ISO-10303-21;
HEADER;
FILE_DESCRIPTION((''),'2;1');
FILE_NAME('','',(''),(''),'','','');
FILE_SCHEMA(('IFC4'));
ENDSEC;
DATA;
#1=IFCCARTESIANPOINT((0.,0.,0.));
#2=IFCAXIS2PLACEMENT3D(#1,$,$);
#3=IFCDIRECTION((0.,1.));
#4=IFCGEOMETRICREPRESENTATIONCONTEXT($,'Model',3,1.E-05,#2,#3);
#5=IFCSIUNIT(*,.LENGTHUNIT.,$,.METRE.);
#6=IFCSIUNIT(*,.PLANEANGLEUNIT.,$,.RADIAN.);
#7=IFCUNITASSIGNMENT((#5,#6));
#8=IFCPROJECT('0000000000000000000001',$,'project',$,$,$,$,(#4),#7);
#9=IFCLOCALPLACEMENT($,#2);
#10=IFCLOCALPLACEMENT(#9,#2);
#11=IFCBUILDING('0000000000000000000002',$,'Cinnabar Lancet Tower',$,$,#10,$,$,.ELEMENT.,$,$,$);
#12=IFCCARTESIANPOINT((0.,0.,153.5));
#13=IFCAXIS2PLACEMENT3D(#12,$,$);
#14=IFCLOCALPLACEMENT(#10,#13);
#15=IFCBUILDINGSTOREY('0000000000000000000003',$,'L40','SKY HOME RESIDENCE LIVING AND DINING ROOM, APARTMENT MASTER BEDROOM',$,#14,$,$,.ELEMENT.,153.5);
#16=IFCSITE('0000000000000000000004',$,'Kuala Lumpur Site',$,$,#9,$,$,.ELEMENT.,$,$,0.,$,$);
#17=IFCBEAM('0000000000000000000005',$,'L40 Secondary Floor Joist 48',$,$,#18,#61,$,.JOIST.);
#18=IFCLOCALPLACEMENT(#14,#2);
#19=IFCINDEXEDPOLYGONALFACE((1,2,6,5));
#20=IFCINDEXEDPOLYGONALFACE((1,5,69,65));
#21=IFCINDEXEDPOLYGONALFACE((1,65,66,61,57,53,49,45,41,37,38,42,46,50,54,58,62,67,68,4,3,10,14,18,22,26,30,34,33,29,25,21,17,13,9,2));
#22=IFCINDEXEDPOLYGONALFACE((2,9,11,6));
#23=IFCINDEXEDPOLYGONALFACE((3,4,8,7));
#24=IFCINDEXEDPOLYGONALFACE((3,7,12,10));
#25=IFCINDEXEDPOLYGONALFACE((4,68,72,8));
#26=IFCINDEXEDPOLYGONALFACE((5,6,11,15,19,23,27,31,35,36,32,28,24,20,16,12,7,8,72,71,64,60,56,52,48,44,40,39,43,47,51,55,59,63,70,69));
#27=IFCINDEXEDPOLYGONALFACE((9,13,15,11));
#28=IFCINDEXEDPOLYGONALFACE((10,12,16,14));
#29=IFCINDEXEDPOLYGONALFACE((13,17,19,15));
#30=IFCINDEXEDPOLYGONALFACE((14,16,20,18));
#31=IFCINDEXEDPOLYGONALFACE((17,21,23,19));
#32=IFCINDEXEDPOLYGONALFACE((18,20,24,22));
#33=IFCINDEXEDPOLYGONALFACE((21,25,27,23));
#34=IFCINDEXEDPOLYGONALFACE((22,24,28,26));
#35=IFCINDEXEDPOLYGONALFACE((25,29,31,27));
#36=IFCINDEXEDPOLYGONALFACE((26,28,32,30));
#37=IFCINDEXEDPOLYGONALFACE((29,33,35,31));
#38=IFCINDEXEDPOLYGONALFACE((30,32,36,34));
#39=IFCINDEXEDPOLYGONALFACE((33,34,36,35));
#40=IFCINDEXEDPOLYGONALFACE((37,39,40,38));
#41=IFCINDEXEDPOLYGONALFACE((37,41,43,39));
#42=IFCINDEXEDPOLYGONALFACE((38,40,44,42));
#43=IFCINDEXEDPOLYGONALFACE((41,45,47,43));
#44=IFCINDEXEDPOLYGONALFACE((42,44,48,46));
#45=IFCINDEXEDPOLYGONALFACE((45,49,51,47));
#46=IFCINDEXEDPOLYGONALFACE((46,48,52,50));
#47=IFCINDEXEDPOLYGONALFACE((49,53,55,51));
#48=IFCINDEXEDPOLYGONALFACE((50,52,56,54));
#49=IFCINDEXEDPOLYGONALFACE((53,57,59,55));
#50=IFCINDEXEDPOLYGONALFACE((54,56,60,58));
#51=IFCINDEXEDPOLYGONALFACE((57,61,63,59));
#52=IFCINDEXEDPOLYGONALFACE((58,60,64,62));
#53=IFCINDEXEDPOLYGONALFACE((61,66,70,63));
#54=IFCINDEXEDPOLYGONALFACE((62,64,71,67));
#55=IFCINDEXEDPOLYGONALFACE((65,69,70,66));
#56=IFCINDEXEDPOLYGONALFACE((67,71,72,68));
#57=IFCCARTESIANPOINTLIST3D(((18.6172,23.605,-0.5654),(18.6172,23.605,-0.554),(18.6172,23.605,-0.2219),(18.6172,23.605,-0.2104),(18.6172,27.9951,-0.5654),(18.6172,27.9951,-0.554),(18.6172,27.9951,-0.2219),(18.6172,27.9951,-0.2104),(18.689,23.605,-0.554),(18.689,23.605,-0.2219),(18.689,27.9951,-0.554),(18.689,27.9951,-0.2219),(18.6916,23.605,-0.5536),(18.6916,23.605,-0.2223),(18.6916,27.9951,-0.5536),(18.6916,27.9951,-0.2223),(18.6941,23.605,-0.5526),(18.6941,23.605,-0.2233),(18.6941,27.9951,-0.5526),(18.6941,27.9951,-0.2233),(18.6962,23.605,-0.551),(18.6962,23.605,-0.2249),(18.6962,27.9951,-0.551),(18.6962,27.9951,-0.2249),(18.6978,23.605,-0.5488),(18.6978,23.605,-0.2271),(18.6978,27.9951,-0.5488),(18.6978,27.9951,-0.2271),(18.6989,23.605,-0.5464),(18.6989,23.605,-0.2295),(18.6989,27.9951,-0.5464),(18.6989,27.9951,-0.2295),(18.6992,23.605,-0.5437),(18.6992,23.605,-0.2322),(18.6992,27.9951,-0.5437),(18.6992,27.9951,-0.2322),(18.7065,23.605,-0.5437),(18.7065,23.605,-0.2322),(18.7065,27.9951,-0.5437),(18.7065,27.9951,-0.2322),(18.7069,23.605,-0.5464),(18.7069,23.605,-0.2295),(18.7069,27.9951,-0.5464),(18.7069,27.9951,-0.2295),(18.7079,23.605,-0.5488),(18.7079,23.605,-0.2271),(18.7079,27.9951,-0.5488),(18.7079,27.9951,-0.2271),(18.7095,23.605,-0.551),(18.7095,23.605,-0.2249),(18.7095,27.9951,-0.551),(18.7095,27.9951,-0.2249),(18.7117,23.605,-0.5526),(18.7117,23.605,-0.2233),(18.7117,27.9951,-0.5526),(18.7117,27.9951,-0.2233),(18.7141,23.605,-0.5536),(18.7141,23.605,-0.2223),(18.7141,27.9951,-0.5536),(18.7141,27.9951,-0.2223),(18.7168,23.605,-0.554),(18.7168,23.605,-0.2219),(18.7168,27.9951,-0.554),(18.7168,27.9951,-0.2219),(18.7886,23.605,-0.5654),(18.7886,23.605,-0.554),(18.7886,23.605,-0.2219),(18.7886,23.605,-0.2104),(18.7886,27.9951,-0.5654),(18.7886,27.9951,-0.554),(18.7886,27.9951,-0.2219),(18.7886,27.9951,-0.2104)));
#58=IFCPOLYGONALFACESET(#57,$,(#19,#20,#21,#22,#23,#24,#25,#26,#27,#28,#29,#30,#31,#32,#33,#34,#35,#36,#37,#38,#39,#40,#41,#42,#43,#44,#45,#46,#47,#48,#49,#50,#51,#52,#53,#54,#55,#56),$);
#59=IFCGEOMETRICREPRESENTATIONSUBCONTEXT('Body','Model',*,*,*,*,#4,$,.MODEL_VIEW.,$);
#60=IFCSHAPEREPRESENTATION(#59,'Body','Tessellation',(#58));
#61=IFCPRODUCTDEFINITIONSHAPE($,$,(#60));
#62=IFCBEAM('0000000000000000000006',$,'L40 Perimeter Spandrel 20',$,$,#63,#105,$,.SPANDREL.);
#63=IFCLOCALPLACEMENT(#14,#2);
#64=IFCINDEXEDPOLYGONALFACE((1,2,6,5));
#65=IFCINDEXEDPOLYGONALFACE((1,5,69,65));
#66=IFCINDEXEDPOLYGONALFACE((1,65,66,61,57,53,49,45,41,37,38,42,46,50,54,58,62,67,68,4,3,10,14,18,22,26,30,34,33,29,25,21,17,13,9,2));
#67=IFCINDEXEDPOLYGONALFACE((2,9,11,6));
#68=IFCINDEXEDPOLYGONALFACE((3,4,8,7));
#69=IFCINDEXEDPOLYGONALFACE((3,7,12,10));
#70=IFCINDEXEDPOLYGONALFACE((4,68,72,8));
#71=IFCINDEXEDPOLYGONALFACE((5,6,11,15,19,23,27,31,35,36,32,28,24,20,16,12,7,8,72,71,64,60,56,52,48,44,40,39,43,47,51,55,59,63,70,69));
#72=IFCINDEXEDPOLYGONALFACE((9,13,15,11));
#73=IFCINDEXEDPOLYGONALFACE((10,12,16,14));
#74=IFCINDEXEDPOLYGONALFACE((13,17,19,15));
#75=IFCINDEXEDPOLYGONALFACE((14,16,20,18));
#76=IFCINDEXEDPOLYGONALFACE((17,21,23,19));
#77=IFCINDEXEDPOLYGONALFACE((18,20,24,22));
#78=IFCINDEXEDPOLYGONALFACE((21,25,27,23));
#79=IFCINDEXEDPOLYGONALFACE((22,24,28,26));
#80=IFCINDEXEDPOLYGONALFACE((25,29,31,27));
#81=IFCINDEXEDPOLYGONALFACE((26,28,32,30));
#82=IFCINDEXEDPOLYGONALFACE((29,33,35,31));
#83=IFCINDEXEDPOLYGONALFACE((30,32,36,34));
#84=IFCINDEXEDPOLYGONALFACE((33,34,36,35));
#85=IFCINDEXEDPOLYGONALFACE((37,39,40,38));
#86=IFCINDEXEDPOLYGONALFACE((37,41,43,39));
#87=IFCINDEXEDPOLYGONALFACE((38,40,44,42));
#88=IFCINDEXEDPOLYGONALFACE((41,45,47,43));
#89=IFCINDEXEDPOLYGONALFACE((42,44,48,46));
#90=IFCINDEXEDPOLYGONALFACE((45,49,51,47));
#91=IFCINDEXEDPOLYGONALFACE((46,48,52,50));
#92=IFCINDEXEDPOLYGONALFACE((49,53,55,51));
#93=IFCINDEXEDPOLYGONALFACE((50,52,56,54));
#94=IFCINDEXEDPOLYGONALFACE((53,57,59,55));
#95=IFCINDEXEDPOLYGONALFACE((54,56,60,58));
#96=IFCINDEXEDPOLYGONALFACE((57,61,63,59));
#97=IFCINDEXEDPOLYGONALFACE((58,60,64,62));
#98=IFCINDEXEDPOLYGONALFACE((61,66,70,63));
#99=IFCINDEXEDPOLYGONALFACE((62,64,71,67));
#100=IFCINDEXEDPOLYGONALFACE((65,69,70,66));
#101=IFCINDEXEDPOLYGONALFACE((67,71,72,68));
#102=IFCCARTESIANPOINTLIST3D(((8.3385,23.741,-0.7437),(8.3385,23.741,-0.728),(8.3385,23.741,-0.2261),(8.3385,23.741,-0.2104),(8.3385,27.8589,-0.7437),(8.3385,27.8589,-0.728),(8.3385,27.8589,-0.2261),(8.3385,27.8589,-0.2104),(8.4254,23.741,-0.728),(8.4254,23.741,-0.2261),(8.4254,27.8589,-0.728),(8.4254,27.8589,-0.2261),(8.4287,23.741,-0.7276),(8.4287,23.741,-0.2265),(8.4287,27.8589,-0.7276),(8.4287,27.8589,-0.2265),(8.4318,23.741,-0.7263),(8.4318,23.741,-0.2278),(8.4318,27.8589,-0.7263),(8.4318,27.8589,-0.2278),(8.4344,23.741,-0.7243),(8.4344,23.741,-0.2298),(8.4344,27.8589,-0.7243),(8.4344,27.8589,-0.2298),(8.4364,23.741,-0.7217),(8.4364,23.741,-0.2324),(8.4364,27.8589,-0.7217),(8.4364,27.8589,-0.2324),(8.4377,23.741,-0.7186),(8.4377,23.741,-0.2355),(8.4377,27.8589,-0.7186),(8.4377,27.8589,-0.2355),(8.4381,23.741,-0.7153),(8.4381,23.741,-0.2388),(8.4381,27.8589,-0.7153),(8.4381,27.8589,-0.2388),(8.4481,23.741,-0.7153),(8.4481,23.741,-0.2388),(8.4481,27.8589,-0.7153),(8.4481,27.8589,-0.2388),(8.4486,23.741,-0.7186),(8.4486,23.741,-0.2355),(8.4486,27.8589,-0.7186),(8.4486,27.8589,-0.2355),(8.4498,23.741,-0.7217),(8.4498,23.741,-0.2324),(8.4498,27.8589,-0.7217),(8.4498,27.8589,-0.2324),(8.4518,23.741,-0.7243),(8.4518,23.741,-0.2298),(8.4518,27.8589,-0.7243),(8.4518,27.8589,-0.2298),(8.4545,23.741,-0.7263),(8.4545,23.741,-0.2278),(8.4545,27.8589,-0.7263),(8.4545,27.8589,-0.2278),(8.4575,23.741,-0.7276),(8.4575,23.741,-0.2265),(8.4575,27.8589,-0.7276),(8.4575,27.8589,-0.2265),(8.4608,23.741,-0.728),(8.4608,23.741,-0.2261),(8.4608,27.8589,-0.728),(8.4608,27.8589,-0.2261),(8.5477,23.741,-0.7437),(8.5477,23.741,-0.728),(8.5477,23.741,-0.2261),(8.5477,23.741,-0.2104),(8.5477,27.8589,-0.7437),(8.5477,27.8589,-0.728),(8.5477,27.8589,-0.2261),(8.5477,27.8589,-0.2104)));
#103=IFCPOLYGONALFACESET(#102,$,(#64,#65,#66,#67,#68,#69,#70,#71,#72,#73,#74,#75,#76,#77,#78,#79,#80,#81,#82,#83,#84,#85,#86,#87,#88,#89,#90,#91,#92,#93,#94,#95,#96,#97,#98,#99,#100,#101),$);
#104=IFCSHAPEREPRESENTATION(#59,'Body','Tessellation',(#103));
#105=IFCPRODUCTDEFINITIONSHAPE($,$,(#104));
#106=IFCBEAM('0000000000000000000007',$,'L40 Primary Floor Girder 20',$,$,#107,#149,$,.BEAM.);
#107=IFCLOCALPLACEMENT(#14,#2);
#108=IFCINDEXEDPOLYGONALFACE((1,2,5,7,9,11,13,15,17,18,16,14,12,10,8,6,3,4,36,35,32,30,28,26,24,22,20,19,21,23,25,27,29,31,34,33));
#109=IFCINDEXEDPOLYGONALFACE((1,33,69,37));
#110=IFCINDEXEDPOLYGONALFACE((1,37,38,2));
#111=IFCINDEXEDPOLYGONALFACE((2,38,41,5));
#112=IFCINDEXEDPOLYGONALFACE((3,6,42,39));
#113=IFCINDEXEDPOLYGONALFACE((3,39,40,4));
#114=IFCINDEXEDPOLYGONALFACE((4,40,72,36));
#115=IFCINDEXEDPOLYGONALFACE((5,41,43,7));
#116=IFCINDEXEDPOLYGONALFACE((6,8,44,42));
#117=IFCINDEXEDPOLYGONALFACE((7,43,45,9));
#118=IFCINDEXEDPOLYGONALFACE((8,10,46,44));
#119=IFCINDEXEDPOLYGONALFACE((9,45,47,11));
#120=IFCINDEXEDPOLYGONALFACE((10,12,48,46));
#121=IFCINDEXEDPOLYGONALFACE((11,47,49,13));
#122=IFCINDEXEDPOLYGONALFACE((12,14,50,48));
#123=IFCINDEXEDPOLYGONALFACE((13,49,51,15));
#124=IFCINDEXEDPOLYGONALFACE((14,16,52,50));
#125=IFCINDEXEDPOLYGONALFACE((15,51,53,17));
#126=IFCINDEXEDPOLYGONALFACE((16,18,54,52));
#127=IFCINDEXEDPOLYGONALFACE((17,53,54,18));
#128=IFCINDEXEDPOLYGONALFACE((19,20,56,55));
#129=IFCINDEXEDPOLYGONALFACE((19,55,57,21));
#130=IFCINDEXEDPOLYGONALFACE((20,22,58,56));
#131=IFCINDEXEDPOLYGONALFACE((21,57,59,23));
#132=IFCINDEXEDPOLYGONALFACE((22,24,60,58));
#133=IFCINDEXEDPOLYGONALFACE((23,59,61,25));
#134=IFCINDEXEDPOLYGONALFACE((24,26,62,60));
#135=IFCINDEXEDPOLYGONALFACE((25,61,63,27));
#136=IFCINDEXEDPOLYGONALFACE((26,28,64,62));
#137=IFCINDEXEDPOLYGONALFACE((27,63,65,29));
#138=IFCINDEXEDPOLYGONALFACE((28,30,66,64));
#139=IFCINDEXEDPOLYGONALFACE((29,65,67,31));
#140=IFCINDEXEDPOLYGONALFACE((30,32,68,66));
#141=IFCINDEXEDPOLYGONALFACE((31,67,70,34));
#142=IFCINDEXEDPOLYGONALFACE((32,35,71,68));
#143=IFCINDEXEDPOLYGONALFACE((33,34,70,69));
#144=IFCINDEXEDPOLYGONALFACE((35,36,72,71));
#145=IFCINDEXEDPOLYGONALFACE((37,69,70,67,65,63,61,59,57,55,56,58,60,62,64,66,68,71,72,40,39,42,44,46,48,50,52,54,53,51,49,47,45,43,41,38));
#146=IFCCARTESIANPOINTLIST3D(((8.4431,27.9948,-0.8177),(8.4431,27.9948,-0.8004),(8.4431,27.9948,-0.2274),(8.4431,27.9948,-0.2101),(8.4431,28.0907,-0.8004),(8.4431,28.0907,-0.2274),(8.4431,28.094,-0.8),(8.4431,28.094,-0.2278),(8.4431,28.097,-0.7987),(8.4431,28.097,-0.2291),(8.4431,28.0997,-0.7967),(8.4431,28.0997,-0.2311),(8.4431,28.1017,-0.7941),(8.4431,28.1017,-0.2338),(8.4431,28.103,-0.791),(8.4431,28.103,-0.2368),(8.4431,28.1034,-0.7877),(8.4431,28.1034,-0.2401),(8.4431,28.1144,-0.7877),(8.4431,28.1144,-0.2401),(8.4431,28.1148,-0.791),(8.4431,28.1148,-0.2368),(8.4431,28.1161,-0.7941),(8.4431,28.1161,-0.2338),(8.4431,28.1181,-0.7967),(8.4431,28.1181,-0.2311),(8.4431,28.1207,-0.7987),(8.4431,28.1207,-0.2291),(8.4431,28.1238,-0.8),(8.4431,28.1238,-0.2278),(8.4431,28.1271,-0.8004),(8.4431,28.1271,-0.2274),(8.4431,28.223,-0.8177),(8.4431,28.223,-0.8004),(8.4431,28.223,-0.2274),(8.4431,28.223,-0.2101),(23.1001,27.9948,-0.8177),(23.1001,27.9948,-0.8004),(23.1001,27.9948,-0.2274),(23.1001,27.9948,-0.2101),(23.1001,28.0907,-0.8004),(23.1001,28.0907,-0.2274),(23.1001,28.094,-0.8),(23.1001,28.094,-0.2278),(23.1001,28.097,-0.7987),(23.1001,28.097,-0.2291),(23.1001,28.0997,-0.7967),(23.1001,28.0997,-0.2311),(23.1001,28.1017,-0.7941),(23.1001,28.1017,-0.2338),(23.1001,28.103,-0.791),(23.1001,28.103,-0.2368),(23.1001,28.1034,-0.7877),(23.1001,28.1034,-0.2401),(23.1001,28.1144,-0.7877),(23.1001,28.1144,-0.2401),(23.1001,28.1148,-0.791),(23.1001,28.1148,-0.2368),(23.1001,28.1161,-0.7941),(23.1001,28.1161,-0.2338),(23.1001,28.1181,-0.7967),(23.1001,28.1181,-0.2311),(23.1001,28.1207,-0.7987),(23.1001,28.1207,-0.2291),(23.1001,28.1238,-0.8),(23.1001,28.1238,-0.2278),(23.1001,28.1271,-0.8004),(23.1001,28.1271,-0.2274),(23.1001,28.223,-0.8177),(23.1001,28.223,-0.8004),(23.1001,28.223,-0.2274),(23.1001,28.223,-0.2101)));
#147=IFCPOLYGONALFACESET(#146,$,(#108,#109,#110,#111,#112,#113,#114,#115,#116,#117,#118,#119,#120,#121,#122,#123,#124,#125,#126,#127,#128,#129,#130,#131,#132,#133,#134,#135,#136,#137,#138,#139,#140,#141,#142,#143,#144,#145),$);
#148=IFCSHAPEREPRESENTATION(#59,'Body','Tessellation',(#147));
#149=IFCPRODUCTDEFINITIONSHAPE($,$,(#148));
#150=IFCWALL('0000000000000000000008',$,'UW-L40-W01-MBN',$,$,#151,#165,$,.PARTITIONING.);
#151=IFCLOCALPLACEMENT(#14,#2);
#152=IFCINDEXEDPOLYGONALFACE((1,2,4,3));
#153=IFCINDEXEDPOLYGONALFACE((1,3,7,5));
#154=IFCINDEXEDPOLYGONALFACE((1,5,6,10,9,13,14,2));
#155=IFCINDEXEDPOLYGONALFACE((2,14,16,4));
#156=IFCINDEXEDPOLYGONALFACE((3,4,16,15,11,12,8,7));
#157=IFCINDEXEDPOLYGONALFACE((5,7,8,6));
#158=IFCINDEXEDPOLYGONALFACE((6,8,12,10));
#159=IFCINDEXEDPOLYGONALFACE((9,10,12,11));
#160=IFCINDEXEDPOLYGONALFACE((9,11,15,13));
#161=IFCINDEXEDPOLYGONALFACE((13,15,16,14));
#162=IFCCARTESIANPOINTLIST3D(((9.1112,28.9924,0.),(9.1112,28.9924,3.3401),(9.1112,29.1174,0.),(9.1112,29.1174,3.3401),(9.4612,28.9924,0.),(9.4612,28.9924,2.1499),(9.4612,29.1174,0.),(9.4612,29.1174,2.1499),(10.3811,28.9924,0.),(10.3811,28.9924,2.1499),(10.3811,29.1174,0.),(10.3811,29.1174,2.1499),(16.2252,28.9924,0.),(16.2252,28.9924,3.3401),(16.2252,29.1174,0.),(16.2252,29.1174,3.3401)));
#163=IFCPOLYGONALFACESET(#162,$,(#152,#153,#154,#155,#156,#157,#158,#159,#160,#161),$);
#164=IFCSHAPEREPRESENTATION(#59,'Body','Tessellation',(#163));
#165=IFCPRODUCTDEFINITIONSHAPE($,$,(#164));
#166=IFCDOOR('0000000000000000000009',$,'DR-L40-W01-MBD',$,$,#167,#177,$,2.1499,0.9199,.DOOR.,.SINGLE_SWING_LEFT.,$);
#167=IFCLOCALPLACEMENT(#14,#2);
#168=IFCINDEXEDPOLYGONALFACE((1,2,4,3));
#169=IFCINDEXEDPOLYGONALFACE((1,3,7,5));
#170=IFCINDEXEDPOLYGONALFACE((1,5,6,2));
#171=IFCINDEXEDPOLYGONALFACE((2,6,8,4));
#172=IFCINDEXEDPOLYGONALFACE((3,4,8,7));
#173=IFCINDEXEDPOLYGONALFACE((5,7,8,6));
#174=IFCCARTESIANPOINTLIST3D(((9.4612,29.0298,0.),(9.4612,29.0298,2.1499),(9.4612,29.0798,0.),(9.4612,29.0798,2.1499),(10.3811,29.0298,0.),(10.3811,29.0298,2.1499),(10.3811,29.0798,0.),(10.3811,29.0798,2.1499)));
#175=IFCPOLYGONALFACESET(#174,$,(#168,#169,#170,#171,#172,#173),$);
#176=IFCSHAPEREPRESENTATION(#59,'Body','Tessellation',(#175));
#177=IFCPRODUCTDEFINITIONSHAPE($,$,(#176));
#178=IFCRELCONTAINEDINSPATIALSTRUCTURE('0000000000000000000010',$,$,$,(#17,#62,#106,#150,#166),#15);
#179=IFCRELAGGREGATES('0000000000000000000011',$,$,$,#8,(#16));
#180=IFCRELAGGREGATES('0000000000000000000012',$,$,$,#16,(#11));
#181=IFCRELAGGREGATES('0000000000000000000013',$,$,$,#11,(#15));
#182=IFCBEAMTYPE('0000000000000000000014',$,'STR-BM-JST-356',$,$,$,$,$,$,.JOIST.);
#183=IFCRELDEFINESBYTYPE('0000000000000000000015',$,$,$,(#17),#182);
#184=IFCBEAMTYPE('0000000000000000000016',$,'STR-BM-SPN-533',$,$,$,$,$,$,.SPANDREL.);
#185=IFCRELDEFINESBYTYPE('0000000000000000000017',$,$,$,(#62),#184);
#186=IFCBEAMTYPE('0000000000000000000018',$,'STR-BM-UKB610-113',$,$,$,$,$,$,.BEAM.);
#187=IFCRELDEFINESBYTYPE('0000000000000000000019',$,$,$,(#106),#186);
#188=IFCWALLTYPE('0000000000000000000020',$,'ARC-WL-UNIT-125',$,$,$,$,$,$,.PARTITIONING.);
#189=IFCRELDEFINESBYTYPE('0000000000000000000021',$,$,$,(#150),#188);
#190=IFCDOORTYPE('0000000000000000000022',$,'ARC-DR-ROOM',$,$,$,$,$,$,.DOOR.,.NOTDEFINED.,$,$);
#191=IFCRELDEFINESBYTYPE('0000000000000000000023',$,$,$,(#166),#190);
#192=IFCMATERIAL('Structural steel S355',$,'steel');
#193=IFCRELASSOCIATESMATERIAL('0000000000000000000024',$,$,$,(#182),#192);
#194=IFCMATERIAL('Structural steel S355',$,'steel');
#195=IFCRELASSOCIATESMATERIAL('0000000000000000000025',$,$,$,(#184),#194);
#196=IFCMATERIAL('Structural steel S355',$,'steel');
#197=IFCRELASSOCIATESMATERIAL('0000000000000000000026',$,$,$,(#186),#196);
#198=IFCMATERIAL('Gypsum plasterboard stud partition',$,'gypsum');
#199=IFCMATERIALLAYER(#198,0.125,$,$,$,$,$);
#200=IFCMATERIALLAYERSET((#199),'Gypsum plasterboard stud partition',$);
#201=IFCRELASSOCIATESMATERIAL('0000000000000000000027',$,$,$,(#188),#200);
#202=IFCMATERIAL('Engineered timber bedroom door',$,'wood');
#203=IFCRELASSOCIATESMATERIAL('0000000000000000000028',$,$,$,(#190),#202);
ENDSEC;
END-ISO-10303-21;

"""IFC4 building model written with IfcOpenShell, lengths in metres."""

from ifc_helpers import new_model, si_unit, direction, frame, frame_2d, origin, origin_2d, place, context, subcontext, project, spatial, rectangle, i_section, extrude, material, layer, layer_set, material_profile, profile_set, type_object, element, fill, save


model = new_model("IFC4")

# Units and contexts
model_context = context("Model", 3, precision=1e-05, world=origin(), true_north=direction((0.0, 1.0)))
body_context = subcontext(model_context, "Body", "Model", "MODEL_VIEW")
ifc_project = project(units=[si_unit("LENGTHUNIT", "METRE"), si_unit("PLANEANGLEUNIT", "RADIAN")], contexts=[model_context])

# Site, building, storey
site_placement = place(None, origin())
site = spatial("IfcSite", under=ifc_project, at=site_placement, Name="Kuala Lumpur Site", CompositionType="ELEMENT", RefElevation=0.0)
building_placement = place(site_placement, origin())
building = spatial("IfcBuilding", under=site, at=building_placement, Name="Cinnabar Lancet Tower", CompositionType="ELEMENT")
storey_placement = place(building_placement, frame((0.0, 0.0, 153.5)))
storey = spatial("IfcBuildingStorey", under=building, at=storey_placement, Name="L40", Description="SKY HOME RESIDENCE LIVING AND DINING ROOM, APARTMENT MASTER BEDROOM", CompositionType="ELEMENT", Elevation=153.5)

# Beams
ifc_material_1 = material(Name="Structural steel S355", Category="steel")
ifc_material_profile_1 = material_profile(ifc_material_1, i_section(OverallWidth=0.1714, OverallDepth=0.355, WebThickness=0.0073, FlangeThickness=0.0115, FilletRadius=0.0103, at=origin_2d()), Name="UKB 356x171x51")
ifc_profile_set_1 = profile_set([ifc_material_profile_1], Name="Structural steel S355")
beam_type_1 = type_object("IfcBeamType", Name="STR-BM-JST-356", PredefinedType="JOIST", material=ifc_profile_set_1)
for number, where, z_axis, x_axis, name in (
    (1, (18.7029, 27.9951, -0.3879), (0.0, -1.0, 0.0), (1.0, 0.0, 0.0), "L40 Secondary Floor Joist 48"),
):
    element("IfcBeam", number, at=place(storey_placement, frame(where, z_axis=z_axis, x_axis=x_axis)), inside=storey, type_object=beam_type_1, Name=name, PredefinedType="JOIST", context=body_context, shape_type="SweptSolid", body=[
        extrude(i_section(OverallWidth=0.1714, OverallDepth=0.355, WebThickness=0.0073, FlangeThickness=0.0115, FilletRadius=0.0103, at=origin_2d()), origin(), (0.0, 0.0, 1.0), 4.3901),
    ])
ifc_material_2 = material(Name="Structural steel S355", Category="steel")
ifc_material_profile_2 = material_profile(ifc_material_2, i_section(OverallWidth=0.2092, OverallDepth=0.5332, WebThickness=0.01, FlangeThickness=0.0156, FilletRadius=0.0127, at=origin_2d()), Name="UKB 533x210x92")
ifc_profile_set_2 = profile_set([ifc_material_profile_2], Name="Structural steel S355")
beam_type_2 = type_object("IfcBeamType", Name="STR-BM-SPN-533", PredefinedType="SPANDREL", material=ifc_profile_set_2)
beam_1_placement = place(storey_placement, frame((8.4431, 27.8589, -0.4771), z_axis=(0.0, -1.0, 0.0), x_axis=(1.0, 0.0, 0.0)))
element("IfcBeam", 2, at=beam_1_placement, inside=storey, type_object=beam_type_2, Name="L40 Perimeter Spandrel 20", PredefinedType="SPANDREL", context=body_context, shape_type="SweptSolid", body=[
    extrude(i_section(OverallWidth=0.2092, OverallDepth=0.5332, WebThickness=0.01, FlangeThickness=0.0156, FilletRadius=0.0127, at=origin_2d()), origin(), (0.0, 0.0, 1.0), 4.1179),
])
ifc_material_3 = material(Name="Structural steel S355", Category="steel")
ifc_material_profile_3 = material_profile(ifc_material_3, i_section(OverallWidth=0.2283, OverallDepth=0.6077, WebThickness=0.011, FlangeThickness=0.0173, FilletRadius=0.0127, at=origin_2d()), Name="UKB 610x229x113")
ifc_profile_set_3 = profile_set([ifc_material_profile_3], Name="Structural steel S355")
beam_type_3 = type_object("IfcBeamType", Name="STR-BM-UKB610-113", PredefinedType="BEAM", material=ifc_profile_set_3)
beam_2_placement = place(storey_placement, frame((8.4431, 28.1089, -0.5139), z_axis=(1.0, 0.0, 0.0), x_axis=(0.0, 1.0, 0.0)))
element("IfcBeam", 3, at=beam_2_placement, inside=storey, type_object=beam_type_3, Name="L40 Primary Floor Girder 20", PredefinedType="BEAM", context=body_context, shape_type="SweptSolid", body=[
    extrude(i_section(OverallWidth=0.2283, OverallDepth=0.6077, WebThickness=0.011, FlangeThickness=0.0173, FilletRadius=0.0127, at=origin_2d()), origin(), (0.0, 0.0, 1.0), 14.657),
])

# Wall, opening, door
ifc_material_4 = material(Name="Gypsum plasterboard stud partition", Category="gypsum")
ifc_layer_1 = layer(ifc_material_4, 0.125)
ifc_layer_set_1 = layer_set([ifc_layer_1], Name="Gypsum plasterboard stud partition")
wall_type_1 = type_object("IfcWallType", Name="ARC-WL-UNIT-125", PredefinedType="PARTITIONING", material=ifc_layer_set_1)
wall_1_placement = place(storey_placement, frame((9.1111, 29.0549, 0.0), z_axis=(0.0, 0.0, 1.0), x_axis=(1.0, 0.0, 0.0)))
wall_1 = element("IfcWall", 4, at=wall_1_placement, inside=storey, type_object=wall_type_1, Name="UW-L40-W01-MBN", PredefinedType="PARTITIONING", context=body_context, shape_type="SweptSolid", body=[
    extrude(rectangle(XDim=7.114, YDim=0.125, at=frame_2d((3.5571, 0.0))), origin(), (0.0, 0.0, 1.0), 3.3401),
])
opening_1_placement = place(wall_1_placement, frame((0.3501, 0.0, 0.0)))
opening_1 = element("IfcOpeningElement", 5, at=opening_1_placement, cuts=wall_1, PredefinedType="OPENING", context=body_context, shape_type="SweptSolid", body=[
    extrude(rectangle(XDim=0.9199, YDim=2.1499, at=frame_2d((0.46, 1.075))), frame((0.0, 0.0725, 0.0), z_axis=(0.0, -1.0, 0.0), x_axis=(1.0, 0.0, 0.0)), (0.0, 0.0, 1.0), 0.145),
])
ifc_material_5 = material(Name="Engineered timber bedroom door", Category="wood")
door_type_1 = type_object("IfcDoorType", Name="ARC-DR-ROOM", OperationType="NOTDEFINED", PredefinedType="DOOR", material=ifc_material_5)
door_1_placement = place(opening_1_placement, origin())
door_1 = element("IfcDoor", 6, at=door_1_placement, inside=storey, type_object=door_type_1, Name="DR-L40-W01-MBD", OperationType="SINGLE_SWING_LEFT", OverallHeight=2.1499, OverallWidth=0.9199, PredefinedType="DOOR", context=body_context, shape_type="SweptSolid", body=[
    extrude(rectangle(XDim=0.9199, YDim=2.1499, at=frame_2d((0.46, 1.075))), frame((0.0, 0.0249, 0.0), z_axis=(0.0, -1.0, 0.0), x_axis=(1.0, 0.0, 0.0)), (0.0, 0.0, 1.0), 0.05),
])
fill(opening_1, door_1)

save(model, "model.ifc")
